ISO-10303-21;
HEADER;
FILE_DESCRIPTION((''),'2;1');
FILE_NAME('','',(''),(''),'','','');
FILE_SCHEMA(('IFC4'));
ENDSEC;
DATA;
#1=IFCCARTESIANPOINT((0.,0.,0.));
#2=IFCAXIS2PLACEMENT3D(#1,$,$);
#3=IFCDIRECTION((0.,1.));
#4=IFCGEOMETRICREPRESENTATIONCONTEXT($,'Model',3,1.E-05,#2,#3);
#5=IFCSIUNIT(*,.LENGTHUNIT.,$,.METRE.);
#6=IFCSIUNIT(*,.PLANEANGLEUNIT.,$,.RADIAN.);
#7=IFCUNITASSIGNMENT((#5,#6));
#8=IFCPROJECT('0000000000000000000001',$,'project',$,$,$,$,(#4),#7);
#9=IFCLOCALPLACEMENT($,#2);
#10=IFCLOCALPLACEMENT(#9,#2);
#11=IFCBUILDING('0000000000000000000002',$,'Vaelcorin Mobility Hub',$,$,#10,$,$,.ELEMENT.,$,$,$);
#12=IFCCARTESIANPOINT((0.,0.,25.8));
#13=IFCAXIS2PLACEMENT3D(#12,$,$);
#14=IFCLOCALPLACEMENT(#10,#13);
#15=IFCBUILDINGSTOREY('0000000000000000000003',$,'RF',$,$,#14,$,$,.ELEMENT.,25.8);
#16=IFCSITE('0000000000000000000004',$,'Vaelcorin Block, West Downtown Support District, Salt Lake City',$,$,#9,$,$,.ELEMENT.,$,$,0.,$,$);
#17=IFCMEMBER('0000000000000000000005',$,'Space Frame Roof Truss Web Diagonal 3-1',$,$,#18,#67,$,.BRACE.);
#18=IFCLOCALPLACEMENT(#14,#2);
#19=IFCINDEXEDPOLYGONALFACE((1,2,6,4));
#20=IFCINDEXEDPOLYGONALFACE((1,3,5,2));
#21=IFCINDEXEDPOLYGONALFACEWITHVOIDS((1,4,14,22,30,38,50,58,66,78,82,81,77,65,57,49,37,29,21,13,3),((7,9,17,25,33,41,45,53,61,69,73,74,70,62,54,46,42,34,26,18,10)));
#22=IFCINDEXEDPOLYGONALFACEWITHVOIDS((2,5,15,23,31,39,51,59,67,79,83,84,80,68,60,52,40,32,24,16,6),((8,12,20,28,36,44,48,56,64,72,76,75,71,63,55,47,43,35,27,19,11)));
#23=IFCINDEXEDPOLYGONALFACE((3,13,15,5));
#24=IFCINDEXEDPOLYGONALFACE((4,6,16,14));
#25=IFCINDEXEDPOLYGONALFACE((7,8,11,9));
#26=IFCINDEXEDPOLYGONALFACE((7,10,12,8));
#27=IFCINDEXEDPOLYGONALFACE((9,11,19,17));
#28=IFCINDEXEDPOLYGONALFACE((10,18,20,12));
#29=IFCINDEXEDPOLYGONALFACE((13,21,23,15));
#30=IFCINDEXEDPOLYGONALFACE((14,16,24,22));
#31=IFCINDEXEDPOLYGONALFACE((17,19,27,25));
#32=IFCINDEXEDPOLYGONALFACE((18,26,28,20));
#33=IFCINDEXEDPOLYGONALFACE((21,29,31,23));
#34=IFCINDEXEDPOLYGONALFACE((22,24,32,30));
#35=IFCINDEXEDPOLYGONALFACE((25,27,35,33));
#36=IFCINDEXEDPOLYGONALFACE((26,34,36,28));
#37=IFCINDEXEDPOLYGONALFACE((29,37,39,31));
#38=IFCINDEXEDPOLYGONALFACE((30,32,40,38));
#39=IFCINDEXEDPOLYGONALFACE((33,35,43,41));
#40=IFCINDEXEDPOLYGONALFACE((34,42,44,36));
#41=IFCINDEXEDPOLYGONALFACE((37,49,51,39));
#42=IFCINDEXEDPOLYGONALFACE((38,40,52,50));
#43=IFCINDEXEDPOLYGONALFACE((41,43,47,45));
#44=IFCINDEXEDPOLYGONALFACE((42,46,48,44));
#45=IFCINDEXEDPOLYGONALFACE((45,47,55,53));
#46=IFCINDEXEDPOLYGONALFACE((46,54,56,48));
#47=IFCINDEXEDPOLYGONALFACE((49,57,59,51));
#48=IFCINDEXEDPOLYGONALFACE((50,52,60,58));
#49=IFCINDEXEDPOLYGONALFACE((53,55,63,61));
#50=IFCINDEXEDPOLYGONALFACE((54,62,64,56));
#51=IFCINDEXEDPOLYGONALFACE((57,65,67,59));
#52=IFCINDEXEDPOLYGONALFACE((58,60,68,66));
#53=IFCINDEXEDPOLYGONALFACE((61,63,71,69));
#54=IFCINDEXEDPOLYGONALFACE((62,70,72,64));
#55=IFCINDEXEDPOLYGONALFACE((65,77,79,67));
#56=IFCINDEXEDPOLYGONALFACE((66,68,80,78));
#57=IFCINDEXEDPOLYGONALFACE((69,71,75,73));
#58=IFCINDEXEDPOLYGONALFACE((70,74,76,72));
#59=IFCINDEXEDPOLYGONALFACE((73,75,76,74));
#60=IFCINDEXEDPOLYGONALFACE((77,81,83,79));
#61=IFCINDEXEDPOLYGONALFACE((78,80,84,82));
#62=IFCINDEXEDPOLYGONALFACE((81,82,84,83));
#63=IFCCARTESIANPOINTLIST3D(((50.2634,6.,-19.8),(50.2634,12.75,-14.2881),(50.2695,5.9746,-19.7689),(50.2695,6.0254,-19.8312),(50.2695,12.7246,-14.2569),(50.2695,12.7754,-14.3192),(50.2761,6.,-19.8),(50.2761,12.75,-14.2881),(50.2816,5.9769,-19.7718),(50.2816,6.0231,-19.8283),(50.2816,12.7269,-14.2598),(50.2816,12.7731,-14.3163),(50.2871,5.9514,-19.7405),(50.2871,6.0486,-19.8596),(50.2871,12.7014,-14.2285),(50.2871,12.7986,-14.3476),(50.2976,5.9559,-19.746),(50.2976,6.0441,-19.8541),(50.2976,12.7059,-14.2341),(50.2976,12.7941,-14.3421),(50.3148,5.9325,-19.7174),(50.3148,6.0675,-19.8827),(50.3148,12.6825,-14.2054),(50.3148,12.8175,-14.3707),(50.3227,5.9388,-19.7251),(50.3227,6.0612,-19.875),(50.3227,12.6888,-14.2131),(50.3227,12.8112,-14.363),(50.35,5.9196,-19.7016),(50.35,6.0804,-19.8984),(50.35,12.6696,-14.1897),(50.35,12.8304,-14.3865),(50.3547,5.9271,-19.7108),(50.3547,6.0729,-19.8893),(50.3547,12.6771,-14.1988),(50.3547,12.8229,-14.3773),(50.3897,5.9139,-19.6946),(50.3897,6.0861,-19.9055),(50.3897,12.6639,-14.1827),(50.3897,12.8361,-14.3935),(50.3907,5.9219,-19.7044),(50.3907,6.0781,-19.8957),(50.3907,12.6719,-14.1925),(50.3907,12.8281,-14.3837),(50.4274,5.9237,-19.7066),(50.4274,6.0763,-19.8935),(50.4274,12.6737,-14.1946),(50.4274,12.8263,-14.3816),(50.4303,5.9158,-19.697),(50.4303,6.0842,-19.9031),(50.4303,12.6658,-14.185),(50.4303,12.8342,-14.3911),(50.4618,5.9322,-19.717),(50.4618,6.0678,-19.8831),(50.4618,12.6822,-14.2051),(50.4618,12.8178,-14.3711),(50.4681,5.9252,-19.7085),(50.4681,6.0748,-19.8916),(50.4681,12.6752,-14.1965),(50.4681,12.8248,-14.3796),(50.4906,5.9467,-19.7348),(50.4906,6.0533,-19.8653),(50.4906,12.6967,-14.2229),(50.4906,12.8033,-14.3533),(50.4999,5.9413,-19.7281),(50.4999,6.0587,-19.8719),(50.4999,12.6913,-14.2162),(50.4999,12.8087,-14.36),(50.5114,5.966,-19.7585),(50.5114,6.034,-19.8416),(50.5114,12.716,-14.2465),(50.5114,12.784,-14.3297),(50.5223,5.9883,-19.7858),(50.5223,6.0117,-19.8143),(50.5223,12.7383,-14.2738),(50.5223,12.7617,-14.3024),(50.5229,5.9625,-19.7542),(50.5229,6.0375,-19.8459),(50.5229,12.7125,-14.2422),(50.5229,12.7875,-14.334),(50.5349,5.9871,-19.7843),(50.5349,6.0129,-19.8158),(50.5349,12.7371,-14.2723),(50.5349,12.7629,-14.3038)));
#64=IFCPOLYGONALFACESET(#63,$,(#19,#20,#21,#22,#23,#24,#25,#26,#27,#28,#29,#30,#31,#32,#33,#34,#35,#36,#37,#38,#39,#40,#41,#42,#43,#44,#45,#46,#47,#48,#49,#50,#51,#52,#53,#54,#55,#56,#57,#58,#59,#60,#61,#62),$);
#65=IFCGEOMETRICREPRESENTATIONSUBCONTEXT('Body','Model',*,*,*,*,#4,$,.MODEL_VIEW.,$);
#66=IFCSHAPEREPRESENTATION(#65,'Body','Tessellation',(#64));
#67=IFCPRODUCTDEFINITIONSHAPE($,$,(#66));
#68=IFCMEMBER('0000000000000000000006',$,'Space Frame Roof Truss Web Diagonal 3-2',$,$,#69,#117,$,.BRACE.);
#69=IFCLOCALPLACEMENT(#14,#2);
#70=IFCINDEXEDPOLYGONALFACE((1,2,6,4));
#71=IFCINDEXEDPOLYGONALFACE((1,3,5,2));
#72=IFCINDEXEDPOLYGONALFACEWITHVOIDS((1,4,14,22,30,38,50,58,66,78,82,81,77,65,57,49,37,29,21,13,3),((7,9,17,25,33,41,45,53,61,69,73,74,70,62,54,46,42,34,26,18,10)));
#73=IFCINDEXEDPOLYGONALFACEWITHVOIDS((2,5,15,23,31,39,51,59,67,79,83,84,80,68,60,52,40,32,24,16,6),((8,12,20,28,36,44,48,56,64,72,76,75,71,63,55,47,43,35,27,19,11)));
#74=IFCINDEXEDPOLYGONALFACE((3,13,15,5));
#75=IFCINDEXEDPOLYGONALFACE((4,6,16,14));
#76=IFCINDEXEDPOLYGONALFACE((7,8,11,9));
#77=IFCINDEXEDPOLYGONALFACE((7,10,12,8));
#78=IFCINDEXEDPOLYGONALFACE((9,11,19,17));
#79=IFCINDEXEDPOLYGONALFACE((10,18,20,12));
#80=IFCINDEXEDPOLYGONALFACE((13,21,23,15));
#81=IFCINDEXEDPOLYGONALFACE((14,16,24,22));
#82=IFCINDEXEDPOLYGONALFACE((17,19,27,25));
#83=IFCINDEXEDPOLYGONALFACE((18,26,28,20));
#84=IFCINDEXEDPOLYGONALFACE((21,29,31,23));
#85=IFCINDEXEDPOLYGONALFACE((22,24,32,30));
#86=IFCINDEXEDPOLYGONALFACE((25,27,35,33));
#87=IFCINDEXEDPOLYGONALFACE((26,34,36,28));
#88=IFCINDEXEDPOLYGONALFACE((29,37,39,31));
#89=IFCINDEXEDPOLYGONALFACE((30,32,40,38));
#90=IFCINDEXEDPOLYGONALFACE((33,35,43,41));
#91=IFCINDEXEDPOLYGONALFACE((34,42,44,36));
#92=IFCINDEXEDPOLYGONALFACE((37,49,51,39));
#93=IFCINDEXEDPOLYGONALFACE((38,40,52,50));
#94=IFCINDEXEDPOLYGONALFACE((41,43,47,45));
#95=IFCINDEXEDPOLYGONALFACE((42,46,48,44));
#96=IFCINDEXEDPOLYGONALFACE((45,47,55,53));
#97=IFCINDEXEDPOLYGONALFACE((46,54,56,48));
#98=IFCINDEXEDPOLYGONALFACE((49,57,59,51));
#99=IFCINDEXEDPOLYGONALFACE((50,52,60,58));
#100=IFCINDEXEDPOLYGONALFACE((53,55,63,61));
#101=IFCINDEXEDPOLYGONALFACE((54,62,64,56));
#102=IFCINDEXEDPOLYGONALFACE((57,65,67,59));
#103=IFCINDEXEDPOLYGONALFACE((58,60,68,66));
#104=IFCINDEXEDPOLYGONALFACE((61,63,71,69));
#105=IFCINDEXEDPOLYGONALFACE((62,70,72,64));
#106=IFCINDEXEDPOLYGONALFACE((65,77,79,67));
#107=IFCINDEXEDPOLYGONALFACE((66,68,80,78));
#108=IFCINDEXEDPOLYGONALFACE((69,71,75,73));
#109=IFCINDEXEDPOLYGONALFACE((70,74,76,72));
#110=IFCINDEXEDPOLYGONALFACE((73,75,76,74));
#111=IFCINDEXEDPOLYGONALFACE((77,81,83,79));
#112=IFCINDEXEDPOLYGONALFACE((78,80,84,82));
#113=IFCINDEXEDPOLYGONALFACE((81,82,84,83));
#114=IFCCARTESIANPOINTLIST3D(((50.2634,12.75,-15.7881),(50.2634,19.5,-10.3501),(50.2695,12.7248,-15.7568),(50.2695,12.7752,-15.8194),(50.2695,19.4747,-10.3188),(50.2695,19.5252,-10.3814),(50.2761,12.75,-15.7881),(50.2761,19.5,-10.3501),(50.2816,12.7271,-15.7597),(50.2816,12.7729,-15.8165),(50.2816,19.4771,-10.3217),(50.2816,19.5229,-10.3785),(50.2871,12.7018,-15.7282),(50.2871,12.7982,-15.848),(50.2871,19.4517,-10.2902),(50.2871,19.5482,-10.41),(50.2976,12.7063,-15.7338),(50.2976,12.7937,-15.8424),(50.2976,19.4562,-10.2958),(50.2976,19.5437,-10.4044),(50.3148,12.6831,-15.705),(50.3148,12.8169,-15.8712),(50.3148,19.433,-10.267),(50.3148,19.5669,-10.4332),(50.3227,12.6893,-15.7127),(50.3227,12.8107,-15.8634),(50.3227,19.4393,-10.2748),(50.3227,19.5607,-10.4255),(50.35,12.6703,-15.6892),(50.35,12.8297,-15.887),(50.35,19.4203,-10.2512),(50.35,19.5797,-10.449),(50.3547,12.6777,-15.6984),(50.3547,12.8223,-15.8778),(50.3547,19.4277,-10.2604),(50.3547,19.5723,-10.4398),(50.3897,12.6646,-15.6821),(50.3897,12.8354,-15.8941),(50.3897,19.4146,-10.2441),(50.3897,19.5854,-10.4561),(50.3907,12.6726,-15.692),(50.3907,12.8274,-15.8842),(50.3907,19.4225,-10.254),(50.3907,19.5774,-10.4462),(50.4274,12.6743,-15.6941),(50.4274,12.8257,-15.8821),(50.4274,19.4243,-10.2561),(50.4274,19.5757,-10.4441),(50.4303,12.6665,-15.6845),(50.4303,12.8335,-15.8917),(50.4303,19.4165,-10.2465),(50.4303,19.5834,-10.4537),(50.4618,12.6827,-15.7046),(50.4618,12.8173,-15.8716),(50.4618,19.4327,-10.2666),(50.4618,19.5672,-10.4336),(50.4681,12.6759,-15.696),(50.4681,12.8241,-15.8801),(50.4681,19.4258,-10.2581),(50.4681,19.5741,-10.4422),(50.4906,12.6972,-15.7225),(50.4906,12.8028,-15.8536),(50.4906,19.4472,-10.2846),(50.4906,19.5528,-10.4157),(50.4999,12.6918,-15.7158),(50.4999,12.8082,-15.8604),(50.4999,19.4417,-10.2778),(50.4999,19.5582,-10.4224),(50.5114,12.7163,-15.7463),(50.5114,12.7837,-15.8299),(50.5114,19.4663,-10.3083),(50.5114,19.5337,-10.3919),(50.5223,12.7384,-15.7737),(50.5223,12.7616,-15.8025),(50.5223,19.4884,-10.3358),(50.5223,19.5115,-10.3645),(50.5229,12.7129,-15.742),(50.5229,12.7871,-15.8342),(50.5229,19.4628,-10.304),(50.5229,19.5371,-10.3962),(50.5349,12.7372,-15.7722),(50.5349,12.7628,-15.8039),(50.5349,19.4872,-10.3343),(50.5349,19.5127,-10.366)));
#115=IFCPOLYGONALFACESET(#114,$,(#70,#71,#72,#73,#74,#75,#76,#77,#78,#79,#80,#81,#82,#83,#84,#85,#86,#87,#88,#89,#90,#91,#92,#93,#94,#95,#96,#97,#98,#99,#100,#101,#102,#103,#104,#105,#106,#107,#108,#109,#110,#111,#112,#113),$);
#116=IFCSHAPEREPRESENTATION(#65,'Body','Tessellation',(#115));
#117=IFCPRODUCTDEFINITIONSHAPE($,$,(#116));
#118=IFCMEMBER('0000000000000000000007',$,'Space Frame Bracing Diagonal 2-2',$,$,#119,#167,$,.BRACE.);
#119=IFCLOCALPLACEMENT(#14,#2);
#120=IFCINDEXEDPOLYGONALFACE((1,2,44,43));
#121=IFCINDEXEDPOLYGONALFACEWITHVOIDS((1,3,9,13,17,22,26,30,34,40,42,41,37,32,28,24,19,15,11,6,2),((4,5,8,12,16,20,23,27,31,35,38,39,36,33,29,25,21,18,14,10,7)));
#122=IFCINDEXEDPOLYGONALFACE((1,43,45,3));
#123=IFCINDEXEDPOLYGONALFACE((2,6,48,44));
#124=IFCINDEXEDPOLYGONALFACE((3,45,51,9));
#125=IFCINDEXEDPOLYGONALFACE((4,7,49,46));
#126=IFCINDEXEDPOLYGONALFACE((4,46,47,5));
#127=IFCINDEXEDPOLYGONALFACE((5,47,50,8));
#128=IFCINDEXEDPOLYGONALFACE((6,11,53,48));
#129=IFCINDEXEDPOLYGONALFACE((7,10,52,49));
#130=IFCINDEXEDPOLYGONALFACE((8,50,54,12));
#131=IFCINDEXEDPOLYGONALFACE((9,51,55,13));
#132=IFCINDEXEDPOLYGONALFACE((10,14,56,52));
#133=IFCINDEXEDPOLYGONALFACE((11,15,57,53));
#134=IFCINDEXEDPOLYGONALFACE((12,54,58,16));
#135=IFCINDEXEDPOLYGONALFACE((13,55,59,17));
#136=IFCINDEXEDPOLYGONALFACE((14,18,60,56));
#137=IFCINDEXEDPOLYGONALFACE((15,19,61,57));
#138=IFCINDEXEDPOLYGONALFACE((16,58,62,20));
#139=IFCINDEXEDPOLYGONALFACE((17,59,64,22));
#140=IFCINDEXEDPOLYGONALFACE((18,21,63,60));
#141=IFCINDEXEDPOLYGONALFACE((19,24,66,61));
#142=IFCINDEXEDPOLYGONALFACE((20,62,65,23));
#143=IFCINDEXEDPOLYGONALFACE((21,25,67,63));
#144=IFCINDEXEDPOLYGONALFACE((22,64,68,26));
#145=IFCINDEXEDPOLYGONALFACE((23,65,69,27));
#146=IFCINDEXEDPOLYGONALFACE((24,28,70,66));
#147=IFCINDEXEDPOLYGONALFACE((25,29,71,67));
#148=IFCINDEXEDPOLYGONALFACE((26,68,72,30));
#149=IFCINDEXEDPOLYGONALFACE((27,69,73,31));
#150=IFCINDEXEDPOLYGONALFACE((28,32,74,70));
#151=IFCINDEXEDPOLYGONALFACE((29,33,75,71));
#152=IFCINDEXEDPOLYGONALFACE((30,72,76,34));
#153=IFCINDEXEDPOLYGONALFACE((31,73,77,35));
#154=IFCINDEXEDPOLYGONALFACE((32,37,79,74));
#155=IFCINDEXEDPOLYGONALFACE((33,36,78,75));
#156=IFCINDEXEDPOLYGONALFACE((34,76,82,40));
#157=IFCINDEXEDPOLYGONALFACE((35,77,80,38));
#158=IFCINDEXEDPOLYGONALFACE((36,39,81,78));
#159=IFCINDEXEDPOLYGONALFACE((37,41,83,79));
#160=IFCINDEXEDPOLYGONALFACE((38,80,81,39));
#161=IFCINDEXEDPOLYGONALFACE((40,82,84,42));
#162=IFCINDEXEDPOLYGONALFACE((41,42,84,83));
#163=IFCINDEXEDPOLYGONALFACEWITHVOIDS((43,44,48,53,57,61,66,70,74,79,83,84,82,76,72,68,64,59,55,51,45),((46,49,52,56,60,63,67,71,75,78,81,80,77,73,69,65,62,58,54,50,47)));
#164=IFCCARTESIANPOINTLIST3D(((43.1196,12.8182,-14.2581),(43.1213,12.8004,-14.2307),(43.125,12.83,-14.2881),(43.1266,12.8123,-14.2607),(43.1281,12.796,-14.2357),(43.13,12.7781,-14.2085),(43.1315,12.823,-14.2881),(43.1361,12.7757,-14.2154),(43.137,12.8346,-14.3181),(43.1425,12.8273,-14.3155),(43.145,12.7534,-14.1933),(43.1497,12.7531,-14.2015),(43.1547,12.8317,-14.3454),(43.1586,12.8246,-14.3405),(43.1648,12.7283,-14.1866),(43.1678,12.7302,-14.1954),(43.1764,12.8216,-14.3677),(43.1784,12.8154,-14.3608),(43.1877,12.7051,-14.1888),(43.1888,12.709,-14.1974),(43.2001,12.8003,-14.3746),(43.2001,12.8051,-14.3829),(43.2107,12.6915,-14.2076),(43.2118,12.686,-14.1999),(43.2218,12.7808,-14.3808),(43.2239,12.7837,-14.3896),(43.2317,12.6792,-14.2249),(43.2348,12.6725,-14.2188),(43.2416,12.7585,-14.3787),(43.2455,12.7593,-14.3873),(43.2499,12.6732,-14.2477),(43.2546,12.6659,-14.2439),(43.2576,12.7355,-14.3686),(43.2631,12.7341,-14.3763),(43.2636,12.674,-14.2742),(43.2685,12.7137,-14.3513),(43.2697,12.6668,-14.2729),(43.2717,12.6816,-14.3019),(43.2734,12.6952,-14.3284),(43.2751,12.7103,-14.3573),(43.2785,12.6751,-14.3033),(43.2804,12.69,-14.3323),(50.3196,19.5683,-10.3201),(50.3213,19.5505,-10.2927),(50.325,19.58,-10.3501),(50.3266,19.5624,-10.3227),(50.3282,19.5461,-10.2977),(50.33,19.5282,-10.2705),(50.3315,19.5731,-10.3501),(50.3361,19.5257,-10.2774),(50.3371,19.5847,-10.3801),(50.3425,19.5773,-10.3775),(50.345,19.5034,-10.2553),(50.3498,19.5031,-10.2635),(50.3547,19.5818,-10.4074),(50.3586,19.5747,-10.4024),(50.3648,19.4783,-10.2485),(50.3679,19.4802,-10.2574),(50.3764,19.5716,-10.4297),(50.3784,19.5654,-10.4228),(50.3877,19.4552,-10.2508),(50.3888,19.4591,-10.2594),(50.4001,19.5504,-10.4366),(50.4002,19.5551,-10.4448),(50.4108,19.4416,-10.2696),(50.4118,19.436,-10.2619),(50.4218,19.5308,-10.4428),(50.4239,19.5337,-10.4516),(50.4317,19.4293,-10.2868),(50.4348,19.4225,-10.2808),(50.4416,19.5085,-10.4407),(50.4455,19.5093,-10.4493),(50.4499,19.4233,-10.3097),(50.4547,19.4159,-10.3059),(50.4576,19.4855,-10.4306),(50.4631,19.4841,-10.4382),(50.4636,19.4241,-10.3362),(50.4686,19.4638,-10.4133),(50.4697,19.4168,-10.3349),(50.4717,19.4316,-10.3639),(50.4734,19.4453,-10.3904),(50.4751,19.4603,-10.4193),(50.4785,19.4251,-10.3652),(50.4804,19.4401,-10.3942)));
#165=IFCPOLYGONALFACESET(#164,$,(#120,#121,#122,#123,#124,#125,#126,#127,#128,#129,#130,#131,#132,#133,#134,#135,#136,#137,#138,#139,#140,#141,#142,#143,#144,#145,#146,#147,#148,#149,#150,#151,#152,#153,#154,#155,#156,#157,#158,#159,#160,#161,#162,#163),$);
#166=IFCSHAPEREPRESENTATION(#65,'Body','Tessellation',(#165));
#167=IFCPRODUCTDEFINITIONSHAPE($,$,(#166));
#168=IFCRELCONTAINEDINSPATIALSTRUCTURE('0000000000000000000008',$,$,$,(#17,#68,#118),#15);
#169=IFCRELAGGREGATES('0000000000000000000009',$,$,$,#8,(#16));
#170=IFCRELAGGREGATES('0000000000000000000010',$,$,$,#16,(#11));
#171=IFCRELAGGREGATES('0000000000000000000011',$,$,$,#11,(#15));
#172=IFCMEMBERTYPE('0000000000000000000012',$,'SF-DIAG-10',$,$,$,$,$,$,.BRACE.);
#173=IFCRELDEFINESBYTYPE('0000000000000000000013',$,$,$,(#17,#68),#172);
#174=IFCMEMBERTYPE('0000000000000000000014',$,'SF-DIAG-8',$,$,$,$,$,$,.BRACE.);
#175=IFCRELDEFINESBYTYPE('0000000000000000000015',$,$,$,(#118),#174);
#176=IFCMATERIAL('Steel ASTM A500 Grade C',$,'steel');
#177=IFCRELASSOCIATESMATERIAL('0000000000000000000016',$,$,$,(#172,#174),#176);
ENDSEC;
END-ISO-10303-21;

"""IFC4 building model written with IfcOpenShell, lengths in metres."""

from ifc_helpers import new_model, si_unit, direction, frame, origin, origin_2d, place, context, subcontext, project, spatial, hollow_circle, extrude, material, material_profile, profile_set, type_object, element, save


model = new_model("IFC4")

# Units and contexts
model_context = context("Model", 3, precision=1e-05, world=origin(), true_north=direction((0.0, 1.0)))
body_context = subcontext(model_context, "Body", "Model", "MODEL_VIEW")
ifc_project = project(units=[si_unit("LENGTHUNIT", "METRE"), si_unit("PLANEANGLEUNIT", "RADIAN")], contexts=[model_context])

# Site, building, storey
site_placement = place(None, origin())
site = spatial("IfcSite", under=ifc_project, at=site_placement, Name="Vaelcorin Block, West Downtown Support District, Salt Lake City", CompositionType="ELEMENT", RefElevation=0.0)
building_placement = place(site_placement, origin())
building = spatial("IfcBuilding", under=site, at=building_placement, Name="Vaelcorin Mobility Hub", CompositionType="ELEMENT")
storey_placement = place(building_placement, frame((0.0, 0.0, 25.8)))
storey = spatial("IfcBuildingStorey", under=building, at=storey_placement, Name="RF", CompositionType="ELEMENT", Elevation=25.8)

# Members
ifc_material_1 = material(Name="Steel ASTM A500 Grade C", Category="steel")
ifc_material_profile_1 = material_profile(ifc_material_1, hollow_circle(Radius=0.1365, WallThickness=0.0127, at=origin_2d()), Name="HSS10.750X0.500")
ifc_profile_set_1 = profile_set([ifc_material_profile_1], Name="Steel ASTM A500 Grade C")
member_type_1 = type_object("IfcMemberType", Name="SF-DIAG-10", PredefinedType="BRACE", material=ifc_profile_set_1)
member_1_placement = place(storey_placement, frame((50.3999, 6.0, -19.8), z_axis=(0.0, 0.774562, 0.632498), x_axis=(-1.0, 0.0, 0.0)))
element("IfcMember", 1, at=member_1_placement, inside=storey, type_object=member_type_1, Name="Space Frame Roof Truss Web Diagonal 3-1", PredefinedType="BRACE", context=body_context, shape_type="SweptSolid", body=[
    extrude(hollow_circle(Radius=0.1365, WallThickness=0.0127, at=origin_2d()), origin(), (0.0, 0.0, 1.0), 8.7146),
])
member_2_placement = place(storey_placement, frame((50.3999, 12.75, -15.7881), z_axis=(0.0, 0.778726, 0.627364), x_axis=(-1.0, 0.0, 0.0)))
element("IfcMember", 2, at=member_2_placement, inside=storey, type_object=member_type_1, Name="Space Frame Roof Truss Web Diagonal 3-2", PredefinedType="BRACE", context=body_context, shape_type="SweptSolid", body=[
    extrude(hollow_circle(Radius=0.1365, WallThickness=0.0127, at=origin_2d()), origin(), (0.0, 0.0, 1.0), 8.668),
])
ifc_material_profile_2 = material_profile(ifc_material_1, hollow_circle(Radius=0.1096, WallThickness=0.0095, at=origin_2d()), Name="HSS8.625X0.375")
ifc_profile_set_2 = profile_set([ifc_material_profile_2], Name="Steel ASTM A500 Grade C")
member_type_2 = type_object("IfcMemberType", Name="SF-DIAG-8", PredefinedType="BRACE", material=ifc_profile_set_2)
member_3_placement = place(storey_placement, frame((43.2, 12.75, -14.2881), z_axis=(0.677586, 0.635241, 0.370603), x_axis=(-0.683944, 0.729535, 0.0)))
element("IfcMember", 3, at=member_3_placement, inside=storey, type_object=member_type_2, Name="Space Frame Bracing Diagonal 2-2", PredefinedType="BRACE", context=body_context, shape_type="SweptSolid", body=[
    extrude(hollow_circle(Radius=0.1096, WallThickness=0.0095, at=origin_2d()), origin(), (0.0, 0.0, 1.0), 10.626),
])

save(model, "model.ifc")
